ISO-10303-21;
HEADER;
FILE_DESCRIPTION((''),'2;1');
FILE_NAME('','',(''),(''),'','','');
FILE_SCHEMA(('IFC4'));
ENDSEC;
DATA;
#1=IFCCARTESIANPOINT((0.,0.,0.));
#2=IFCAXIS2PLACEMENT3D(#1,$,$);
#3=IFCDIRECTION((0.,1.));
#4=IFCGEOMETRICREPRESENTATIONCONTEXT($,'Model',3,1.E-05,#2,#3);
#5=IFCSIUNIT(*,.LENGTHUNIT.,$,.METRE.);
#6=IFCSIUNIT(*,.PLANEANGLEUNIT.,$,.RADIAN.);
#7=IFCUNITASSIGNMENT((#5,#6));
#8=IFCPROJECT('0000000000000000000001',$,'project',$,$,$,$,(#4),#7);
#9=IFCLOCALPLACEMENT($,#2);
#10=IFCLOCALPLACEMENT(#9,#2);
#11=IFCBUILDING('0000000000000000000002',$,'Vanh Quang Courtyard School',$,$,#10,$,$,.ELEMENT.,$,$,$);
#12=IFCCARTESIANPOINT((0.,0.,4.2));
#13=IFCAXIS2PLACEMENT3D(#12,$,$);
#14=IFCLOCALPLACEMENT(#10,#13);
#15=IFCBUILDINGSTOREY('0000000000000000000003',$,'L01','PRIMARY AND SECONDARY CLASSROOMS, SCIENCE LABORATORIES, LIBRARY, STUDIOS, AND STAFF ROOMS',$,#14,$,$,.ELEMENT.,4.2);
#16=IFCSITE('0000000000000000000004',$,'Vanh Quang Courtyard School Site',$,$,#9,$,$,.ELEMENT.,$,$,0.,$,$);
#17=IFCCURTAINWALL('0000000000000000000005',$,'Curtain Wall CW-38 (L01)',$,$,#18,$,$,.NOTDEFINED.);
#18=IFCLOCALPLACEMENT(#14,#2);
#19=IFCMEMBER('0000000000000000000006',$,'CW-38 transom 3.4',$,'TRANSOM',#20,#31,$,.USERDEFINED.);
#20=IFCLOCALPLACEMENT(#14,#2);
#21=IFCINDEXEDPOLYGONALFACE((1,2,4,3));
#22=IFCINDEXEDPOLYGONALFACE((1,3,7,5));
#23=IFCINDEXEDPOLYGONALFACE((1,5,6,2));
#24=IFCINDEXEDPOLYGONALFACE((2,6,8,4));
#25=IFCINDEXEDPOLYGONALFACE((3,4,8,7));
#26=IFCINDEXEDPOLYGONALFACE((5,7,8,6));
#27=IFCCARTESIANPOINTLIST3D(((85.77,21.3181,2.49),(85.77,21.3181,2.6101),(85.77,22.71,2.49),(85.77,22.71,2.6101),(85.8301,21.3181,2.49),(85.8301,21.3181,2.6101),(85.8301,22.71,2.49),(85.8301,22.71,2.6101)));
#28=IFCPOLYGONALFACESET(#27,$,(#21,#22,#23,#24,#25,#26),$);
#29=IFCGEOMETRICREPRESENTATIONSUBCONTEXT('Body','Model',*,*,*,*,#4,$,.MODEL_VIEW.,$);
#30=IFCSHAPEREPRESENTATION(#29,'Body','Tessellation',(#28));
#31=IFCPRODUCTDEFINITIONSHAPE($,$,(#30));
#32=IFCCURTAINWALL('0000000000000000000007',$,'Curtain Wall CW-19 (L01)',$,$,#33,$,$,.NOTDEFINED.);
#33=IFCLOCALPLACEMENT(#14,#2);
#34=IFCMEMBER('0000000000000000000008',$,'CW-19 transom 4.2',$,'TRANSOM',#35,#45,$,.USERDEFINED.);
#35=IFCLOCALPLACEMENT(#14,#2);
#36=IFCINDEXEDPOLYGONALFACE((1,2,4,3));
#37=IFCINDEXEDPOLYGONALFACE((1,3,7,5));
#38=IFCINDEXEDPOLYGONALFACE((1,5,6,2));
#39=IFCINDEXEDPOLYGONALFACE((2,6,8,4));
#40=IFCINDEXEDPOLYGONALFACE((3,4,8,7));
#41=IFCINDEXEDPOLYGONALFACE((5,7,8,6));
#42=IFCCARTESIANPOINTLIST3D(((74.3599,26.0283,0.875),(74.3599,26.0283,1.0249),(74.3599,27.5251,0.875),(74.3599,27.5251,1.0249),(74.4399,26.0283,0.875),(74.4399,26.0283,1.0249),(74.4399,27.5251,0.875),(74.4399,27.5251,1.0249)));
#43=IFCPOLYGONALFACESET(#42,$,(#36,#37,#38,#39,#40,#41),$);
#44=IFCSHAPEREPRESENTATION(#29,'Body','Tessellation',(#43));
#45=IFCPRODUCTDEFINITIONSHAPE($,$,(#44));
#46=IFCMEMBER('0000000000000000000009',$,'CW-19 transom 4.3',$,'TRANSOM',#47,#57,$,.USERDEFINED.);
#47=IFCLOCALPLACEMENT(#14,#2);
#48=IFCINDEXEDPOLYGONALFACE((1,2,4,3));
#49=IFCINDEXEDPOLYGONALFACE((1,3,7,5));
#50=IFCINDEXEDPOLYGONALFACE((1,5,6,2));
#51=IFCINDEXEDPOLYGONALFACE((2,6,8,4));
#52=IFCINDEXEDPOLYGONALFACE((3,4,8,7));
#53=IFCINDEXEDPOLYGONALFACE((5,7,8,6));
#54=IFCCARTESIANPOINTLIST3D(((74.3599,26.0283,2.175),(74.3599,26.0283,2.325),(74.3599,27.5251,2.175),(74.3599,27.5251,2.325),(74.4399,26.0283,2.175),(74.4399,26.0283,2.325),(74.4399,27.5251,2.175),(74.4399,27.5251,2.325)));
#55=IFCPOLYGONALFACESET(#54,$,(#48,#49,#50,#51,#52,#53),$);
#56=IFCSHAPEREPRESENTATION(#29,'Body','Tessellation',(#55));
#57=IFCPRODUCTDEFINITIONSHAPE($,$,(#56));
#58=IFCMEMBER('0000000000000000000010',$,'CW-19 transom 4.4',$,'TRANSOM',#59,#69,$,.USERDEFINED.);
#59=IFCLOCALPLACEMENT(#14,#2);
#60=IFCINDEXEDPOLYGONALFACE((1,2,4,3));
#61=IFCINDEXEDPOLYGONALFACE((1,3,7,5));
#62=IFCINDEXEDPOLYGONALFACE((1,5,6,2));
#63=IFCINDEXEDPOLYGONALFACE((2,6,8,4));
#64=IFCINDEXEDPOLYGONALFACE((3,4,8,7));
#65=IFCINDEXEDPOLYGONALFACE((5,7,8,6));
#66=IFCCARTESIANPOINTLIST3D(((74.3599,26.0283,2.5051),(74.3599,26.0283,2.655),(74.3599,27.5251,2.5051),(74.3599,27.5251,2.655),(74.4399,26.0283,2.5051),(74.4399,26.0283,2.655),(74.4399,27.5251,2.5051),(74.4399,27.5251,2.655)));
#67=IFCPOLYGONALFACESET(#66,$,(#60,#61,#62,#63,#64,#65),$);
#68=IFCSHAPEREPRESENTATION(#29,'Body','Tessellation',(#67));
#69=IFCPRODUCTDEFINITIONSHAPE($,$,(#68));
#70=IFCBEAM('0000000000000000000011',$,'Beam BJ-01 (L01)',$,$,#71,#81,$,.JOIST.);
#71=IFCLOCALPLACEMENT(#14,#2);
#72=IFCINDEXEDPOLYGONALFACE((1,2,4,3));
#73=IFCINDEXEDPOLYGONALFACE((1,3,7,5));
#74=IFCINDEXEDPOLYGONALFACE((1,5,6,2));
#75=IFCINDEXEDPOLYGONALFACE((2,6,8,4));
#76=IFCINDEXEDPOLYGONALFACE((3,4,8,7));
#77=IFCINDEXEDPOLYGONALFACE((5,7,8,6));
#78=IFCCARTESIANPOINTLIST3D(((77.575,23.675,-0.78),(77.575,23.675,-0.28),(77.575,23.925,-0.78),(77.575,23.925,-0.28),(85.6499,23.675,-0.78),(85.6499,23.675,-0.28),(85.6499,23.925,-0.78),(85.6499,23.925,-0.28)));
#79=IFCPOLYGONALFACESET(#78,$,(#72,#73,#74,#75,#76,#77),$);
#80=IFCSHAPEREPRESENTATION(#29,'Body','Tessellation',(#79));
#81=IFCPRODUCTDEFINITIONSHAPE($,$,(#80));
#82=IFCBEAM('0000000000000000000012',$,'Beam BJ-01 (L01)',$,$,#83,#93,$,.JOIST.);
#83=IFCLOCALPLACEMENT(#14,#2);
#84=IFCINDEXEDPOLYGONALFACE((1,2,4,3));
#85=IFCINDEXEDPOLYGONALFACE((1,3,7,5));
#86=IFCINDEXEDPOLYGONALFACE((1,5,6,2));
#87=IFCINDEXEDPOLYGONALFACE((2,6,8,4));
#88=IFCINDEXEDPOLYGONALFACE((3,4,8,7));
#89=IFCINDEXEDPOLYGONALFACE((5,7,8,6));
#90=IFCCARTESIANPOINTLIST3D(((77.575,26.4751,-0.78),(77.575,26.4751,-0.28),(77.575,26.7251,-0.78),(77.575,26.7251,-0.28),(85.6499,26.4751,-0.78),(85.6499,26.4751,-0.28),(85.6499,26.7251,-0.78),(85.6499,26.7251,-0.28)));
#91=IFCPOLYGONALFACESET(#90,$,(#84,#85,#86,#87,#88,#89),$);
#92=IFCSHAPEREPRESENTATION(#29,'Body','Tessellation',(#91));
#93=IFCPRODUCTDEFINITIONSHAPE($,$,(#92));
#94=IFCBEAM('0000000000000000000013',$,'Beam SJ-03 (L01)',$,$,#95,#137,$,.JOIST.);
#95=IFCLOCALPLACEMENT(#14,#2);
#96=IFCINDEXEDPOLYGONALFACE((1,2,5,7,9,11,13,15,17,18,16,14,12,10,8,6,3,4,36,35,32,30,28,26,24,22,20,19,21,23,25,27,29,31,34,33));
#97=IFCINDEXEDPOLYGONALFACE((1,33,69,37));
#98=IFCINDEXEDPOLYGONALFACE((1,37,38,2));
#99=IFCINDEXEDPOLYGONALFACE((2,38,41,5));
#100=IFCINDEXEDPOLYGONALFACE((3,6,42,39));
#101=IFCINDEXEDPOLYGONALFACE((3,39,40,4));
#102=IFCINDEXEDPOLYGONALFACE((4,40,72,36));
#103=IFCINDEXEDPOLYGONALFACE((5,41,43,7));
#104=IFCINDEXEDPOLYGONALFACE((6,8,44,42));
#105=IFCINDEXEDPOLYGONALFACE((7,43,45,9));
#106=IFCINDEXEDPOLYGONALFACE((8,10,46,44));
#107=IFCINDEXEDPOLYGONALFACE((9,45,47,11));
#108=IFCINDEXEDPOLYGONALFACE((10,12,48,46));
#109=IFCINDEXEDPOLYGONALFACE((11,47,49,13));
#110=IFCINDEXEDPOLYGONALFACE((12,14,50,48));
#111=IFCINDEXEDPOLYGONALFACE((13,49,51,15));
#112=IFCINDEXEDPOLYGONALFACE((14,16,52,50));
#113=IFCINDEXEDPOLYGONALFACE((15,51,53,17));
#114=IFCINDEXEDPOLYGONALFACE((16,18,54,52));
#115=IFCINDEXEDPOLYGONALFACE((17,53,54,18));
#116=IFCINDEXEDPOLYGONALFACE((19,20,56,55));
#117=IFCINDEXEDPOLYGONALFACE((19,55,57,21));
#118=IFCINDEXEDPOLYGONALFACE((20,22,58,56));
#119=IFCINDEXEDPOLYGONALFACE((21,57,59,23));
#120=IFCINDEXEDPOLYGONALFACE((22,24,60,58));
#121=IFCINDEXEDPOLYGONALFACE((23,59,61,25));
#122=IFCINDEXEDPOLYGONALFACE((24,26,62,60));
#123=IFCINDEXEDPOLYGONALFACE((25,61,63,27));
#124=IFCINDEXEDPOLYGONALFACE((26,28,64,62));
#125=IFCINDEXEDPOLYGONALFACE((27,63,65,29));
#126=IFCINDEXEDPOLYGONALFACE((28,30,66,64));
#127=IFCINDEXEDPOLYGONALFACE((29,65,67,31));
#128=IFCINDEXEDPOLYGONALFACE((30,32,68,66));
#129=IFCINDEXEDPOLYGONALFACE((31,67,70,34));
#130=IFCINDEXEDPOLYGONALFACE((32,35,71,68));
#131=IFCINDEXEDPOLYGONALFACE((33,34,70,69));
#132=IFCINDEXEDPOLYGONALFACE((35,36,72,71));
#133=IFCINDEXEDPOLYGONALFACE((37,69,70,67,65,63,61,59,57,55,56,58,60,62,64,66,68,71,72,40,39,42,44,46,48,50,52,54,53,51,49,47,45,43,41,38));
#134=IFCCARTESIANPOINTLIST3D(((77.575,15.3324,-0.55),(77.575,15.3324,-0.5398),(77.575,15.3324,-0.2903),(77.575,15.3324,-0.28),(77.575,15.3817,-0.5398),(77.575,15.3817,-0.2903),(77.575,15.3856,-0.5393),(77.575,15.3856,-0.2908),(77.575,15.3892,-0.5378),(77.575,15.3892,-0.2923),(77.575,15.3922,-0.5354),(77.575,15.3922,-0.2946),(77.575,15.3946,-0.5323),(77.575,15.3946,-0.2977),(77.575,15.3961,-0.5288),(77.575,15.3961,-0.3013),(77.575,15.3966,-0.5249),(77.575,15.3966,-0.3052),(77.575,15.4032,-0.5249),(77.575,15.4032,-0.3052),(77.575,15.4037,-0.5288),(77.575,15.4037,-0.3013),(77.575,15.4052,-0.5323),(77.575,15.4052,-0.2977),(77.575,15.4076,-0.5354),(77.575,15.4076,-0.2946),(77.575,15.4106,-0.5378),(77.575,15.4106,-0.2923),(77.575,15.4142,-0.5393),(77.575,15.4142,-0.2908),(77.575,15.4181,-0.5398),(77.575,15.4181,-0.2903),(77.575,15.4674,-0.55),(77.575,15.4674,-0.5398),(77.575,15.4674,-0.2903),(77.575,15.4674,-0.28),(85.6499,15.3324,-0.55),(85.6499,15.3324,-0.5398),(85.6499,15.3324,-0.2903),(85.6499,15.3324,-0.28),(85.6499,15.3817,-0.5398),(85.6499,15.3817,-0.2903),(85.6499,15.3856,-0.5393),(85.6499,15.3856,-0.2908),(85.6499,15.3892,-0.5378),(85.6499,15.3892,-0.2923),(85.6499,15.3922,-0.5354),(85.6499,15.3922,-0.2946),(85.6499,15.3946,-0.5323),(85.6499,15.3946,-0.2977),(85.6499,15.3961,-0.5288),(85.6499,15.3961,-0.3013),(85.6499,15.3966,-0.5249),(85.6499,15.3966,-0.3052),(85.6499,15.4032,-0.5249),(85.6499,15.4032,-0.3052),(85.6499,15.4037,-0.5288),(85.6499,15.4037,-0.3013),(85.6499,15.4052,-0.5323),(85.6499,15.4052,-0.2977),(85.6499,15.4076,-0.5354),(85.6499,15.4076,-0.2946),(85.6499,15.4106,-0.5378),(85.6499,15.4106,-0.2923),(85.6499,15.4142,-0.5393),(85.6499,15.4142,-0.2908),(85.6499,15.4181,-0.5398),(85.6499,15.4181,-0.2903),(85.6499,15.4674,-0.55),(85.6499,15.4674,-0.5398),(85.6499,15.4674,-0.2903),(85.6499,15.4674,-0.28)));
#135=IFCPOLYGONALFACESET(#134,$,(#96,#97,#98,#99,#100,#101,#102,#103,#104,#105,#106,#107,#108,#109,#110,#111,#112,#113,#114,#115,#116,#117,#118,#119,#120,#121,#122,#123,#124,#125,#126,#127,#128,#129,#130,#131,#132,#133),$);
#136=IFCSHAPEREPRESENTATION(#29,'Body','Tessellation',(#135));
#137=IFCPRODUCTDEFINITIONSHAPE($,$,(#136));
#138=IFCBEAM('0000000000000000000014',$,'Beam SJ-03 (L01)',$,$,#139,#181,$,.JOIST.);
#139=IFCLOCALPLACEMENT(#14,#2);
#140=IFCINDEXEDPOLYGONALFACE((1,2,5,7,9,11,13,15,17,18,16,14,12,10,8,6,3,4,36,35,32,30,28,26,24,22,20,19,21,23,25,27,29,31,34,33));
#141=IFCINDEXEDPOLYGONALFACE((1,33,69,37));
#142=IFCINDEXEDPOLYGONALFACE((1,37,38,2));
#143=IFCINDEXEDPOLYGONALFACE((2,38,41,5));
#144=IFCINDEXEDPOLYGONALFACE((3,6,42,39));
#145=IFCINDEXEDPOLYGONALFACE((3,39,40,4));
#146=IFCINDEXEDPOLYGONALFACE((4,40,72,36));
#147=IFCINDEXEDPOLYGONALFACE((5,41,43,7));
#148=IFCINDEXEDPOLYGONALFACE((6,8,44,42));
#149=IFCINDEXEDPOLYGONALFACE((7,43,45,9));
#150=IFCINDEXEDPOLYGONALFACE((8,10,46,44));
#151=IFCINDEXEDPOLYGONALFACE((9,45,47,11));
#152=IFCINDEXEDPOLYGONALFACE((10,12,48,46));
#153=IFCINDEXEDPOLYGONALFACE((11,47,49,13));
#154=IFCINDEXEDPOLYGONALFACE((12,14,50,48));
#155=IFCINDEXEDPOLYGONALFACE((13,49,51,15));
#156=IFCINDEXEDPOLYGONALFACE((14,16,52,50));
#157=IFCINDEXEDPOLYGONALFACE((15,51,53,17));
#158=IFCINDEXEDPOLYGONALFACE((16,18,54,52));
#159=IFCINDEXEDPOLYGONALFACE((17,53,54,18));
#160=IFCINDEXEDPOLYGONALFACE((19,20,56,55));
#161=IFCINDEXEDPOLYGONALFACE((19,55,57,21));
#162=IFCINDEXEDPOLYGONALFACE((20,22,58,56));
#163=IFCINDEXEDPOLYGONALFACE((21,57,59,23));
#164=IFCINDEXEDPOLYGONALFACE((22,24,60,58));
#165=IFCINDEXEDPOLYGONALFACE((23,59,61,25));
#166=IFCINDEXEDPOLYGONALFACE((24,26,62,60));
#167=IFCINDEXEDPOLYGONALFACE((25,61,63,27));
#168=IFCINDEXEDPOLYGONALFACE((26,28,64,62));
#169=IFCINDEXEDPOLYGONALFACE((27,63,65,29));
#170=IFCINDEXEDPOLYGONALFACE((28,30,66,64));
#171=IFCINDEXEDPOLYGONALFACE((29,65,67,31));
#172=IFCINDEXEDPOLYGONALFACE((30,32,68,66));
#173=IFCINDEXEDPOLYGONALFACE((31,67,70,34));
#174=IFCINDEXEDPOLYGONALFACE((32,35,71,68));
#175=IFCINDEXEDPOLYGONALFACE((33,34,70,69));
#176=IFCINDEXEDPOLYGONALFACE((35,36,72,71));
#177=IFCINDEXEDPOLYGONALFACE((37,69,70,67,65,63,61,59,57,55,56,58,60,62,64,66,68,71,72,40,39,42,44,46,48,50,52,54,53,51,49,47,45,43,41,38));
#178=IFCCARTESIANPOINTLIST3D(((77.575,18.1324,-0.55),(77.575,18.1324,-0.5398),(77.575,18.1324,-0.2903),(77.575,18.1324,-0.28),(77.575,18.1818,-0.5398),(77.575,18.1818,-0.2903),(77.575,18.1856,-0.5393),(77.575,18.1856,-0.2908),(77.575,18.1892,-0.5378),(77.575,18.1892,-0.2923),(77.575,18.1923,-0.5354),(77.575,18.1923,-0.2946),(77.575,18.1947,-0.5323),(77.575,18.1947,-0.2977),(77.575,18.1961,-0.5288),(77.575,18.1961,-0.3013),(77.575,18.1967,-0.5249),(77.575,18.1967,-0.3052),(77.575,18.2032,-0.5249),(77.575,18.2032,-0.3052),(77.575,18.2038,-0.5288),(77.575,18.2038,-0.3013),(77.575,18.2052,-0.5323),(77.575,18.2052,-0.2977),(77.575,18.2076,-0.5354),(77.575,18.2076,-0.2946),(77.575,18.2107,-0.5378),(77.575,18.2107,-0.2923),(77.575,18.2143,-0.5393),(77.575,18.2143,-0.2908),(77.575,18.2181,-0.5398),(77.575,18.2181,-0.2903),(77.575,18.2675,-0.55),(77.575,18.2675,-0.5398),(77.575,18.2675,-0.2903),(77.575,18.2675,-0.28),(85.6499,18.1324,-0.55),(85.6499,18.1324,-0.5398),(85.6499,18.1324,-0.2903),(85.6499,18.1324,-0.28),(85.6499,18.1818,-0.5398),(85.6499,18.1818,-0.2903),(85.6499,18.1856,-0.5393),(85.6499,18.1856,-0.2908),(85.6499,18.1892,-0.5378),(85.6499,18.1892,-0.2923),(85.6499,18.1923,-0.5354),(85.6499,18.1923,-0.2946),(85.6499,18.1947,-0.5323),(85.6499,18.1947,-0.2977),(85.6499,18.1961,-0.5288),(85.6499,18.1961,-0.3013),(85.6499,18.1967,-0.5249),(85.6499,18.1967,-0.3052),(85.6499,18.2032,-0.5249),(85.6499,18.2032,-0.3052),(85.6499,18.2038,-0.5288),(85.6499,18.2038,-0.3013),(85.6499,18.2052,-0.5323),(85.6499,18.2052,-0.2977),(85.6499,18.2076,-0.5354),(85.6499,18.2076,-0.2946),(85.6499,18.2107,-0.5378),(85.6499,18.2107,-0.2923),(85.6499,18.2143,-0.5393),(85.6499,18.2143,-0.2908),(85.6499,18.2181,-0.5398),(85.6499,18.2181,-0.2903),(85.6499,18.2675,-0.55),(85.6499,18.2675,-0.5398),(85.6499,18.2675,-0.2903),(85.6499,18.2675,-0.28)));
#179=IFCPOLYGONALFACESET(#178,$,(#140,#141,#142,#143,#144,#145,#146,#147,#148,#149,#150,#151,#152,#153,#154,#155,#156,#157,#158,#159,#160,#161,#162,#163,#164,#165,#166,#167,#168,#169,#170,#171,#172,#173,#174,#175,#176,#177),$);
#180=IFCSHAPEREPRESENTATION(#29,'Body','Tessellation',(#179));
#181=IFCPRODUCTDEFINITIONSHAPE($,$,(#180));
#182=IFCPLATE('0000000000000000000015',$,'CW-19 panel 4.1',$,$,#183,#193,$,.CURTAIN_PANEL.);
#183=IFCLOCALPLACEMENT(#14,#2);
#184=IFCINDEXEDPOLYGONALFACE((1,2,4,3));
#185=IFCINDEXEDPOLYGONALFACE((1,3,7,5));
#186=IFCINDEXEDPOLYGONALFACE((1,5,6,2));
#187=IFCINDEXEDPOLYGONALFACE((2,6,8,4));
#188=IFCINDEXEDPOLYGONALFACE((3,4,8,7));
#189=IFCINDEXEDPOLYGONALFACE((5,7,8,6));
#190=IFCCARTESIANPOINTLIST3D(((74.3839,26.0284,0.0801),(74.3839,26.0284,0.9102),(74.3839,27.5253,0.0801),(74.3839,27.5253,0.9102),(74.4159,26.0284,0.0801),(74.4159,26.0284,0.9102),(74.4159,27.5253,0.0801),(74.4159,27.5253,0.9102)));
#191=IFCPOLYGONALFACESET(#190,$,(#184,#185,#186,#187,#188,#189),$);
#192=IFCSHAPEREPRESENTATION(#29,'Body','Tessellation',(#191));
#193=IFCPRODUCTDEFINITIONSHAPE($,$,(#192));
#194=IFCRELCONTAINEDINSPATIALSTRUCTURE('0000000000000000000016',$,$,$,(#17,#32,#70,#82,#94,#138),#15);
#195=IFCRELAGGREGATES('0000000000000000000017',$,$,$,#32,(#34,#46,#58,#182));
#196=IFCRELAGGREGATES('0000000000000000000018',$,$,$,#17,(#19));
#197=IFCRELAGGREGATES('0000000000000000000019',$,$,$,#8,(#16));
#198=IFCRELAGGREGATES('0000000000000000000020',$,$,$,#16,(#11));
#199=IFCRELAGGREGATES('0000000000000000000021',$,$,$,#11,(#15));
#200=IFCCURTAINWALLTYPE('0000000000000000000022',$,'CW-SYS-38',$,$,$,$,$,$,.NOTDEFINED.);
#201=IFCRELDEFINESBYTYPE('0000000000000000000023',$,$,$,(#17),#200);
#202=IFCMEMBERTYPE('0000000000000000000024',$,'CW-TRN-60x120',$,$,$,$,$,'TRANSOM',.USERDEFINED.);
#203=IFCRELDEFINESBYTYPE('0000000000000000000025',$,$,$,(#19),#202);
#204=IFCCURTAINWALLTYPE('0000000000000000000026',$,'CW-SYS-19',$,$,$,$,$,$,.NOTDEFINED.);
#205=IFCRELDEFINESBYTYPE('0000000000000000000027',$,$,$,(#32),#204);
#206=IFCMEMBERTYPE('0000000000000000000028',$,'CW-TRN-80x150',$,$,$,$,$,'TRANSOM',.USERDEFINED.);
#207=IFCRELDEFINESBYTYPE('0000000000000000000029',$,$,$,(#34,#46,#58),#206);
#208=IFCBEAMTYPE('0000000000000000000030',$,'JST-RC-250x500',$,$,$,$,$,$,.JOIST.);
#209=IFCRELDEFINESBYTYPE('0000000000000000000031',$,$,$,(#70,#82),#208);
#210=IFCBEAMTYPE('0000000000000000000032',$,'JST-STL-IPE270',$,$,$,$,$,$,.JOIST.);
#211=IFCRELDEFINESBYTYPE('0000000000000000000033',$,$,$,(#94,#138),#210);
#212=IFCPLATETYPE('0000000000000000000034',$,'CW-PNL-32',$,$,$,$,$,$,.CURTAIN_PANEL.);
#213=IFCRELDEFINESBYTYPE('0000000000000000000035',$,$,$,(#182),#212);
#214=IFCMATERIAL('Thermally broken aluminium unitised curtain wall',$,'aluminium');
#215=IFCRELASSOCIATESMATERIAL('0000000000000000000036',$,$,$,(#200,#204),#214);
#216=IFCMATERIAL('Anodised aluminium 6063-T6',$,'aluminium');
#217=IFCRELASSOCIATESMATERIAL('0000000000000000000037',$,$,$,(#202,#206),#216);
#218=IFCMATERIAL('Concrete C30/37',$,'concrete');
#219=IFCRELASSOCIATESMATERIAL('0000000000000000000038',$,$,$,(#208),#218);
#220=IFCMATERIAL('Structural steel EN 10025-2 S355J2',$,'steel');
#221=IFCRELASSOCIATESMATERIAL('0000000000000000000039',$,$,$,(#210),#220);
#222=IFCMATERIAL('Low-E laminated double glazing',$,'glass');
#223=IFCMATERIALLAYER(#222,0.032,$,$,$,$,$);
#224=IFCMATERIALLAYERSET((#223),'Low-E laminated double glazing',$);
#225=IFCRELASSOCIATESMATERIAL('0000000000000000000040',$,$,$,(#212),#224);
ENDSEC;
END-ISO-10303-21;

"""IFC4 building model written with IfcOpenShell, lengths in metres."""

from ifc_helpers import new_model, si_unit, direction, frame, origin, origin_2d, place, context, subcontext, project, spatial, rectangle, i_section, extrude, material, layer, layer_set, material_profile, profile_set, type_object, element, aggregate, save


model = new_model("IFC4")

# Units and contexts
model_context = context("Model", 3, precision=1e-05, world=origin(), true_north=direction((0.0, 1.0)))
body_context = subcontext(model_context, "Body", "Model", "MODEL_VIEW")
ifc_project = project(units=[si_unit("LENGTHUNIT", "METRE"), si_unit("PLANEANGLEUNIT", "RADIAN")], contexts=[model_context])

# Site, building, storey
site_placement = place(None, origin())
site = spatial("IfcSite", under=ifc_project, at=site_placement, Name="Vanh Quang Courtyard School Site", CompositionType="ELEMENT", RefElevation=0.0)
building_placement = place(site_placement, origin())
building = spatial("IfcBuilding", under=site, at=building_placement, Name="Vanh Quang Courtyard School", CompositionType="ELEMENT")
storey_placement = place(building_placement, frame((0.0, 0.0, 4.2)))
storey = spatial("IfcBuildingStorey", under=building, at=storey_placement, Name="L01", Description="PRIMARY AND SECONDARY CLASSROOMS, SCIENCE LABORATORIES, LIBRARY, STUDIOS, AND STAFF ROOMS", CompositionType="ELEMENT", Elevation=4.2)

# Shared definitions
ifc_material_1 = material(Name="Structural steel EN 10025-2 S355J2", Category="steel")

# Curtain walls, members
ifc_material_2 = material(Name="Thermally broken aluminium unitised curtain wall", Category="aluminium")
curtain_wall_type_1 = type_object("IfcCurtainWallType", Name="CW-SYS-38", PredefinedType="NOTDEFINED", material=ifc_material_2)
curtain_wall_1_placement = place(storey_placement, origin())
curtain_wall_1 = element("IfcCurtainWall", 1, at=curtain_wall_1_placement, inside=storey, type_object=curtain_wall_type_1, Name="Curtain Wall CW-38 (L01)", PredefinedType="NOTDEFINED")
ifc_material_3 = material(Name="Anodised aluminium 6063-T6", Category="aluminium")
ifc_material_profile_1 = material_profile(ifc_material_3, rectangle(XDim=0.0601, YDim=0.1201, at=origin_2d()), Name="ALU-TRN 60x120")
ifc_profile_set_1 = profile_set([ifc_material_profile_1], Name="Anodised aluminium 6063-T6")
member_type_1 = type_object("IfcMemberType", Name="CW-TRN-60x120", ElementType="TRANSOM", PredefinedType="USERDEFINED", material=ifc_profile_set_1)
member_1_placement = place(storey_placement, frame((85.8, 22.71, 2.55), z_axis=(0.0, -1.0, 0.0), x_axis=(1.0, 0.0, 0.0)))
member_1 = element("IfcMember", 2, at=member_1_placement, type_object=member_type_1, Name="CW-38 transom 3.4", ObjectType="TRANSOM", PredefinedType="USERDEFINED", context=body_context, shape_type="SweptSolid", body=[
    extrude(rectangle(XDim=0.0601, YDim=0.1201, at=origin_2d()), origin(), (0.0, 0.0, 1.0), 1.3918),
])
curtain_wall_type_2 = type_object("IfcCurtainWallType", Name="CW-SYS-19", PredefinedType="NOTDEFINED", material=ifc_material_2)
curtain_wall_2_placement = place(storey_placement, origin())
curtain_wall_2 = element("IfcCurtainWall", 3, at=curtain_wall_2_placement, inside=storey, type_object=curtain_wall_type_2, Name="Curtain Wall CW-19 (L01)", PredefinedType="NOTDEFINED")
ifc_material_profile_2 = material_profile(ifc_material_3, rectangle(XDim=0.0801, YDim=0.1499, at=origin_2d()), Name="ALU-TRN 80x150")
ifc_profile_set_2 = profile_set([ifc_material_profile_2], Name="Anodised aluminium 6063-T6")
member_type_2 = type_object("IfcMemberType", Name="CW-TRN-80x150", ElementType="TRANSOM", PredefinedType="USERDEFINED", material=ifc_profile_set_2)
member_2_placement = place(storey_placement, frame((74.3999, 26.0283, 0.95), z_axis=(0.0, 1.0, 0.0), x_axis=(-1.0, 0.0, 0.0)))
member_2 = element("IfcMember", 4, at=member_2_placement, type_object=member_type_2, Name="CW-19 transom 4.2", ObjectType="TRANSOM", PredefinedType="USERDEFINED", context=body_context, shape_type="SweptSolid", body=[
    extrude(rectangle(XDim=0.0801, YDim=0.1499, at=origin_2d()), origin(), (0.0, 0.0, 1.0), 1.4968),
])
member_3_placement = place(storey_placement, frame((74.3999, 26.0283, 2.25), z_axis=(0.0, 1.0, 0.0), x_axis=(-1.0, 0.0, 0.0)))
member_3 = element("IfcMember", 5, at=member_3_placement, type_object=member_type_2, Name="CW-19 transom 4.3", ObjectType="TRANSOM", PredefinedType="USERDEFINED", context=body_context, shape_type="SweptSolid", body=[
    extrude(rectangle(XDim=0.0801, YDim=0.1499, at=origin_2d()), origin(), (0.0, 0.0, 1.0), 1.4968),
])
member_4_placement = place(storey_placement, frame((74.3999, 26.0283, 2.5801), z_axis=(0.0, 1.0, 0.0), x_axis=(-1.0, 0.0, 0.0)))
member_4 = element("IfcMember", 6, at=member_4_placement, type_object=member_type_2, Name="CW-19 transom 4.4", ObjectType="TRANSOM", PredefinedType="USERDEFINED", context=body_context, shape_type="SweptSolid", body=[
    extrude(rectangle(XDim=0.0801, YDim=0.1499, at=origin_2d()), origin(), (0.0, 0.0, 1.0), 1.4968),
])

# Beams
ifc_material_4 = material(Name="Concrete C30/37", Category="concrete")
ifc_material_profile_3 = material_profile(ifc_material_4, rectangle(XDim=0.25, YDim=0.5, at=origin_2d()), Name="RC-JST 250x500")
ifc_profile_set_3 = profile_set([ifc_material_profile_3], Name="Concrete C30/37")
beam_type_1 = type_object("IfcBeamType", Name="JST-RC-250x500", PredefinedType="JOIST", material=ifc_profile_set_3)
for number, where, z_axis, x_axis, name in (
    (7, (77.575, 23.8, -0.53), (1.0, 0.0, 0.0), (0.0, 1.0, 0.0), "Beam BJ-01 (L01)"),
    (8, (77.575, 26.6001, -0.53), (1.0, 0.0, 0.0), (0.0, 1.0, 0.0), "Beam BJ-01 (L01)"),
):
    element("IfcBeam", number, at=place(storey_placement, frame(where, z_axis=z_axis, x_axis=x_axis)), inside=storey, type_object=beam_type_1, Name=name, PredefinedType="JOIST", context=body_context, shape_type="SweptSolid", body=[
        extrude(rectangle(XDim=0.25, YDim=0.5, at=origin_2d()), origin(), (0.0, 0.0, 1.0), 8.075),
    ])
ifc_material_profile_4 = material_profile(ifc_material_1, i_section(OverallWidth=0.135, OverallDepth=0.27, WebThickness=0.0066, FlangeThickness=0.0103, FilletRadius=0.0149, at=origin_2d()), Name="IPE 270")
ifc_profile_set_4 = profile_set([ifc_material_profile_4], Name="Structural steel EN 10025-2 S355J2")
beam_type_2 = type_object("IfcBeamType", Name="JST-STL-IPE270", PredefinedType="JOIST", material=ifc_profile_set_4)
for number, where, z_axis, x_axis, name in (
    (9, (77.575, 15.3999, -0.415), (1.0, 0.0, 0.0), (0.0, 1.0, 0.0), "Beam SJ-03 (L01)"),
    (10, (77.575, 18.2, -0.415), (1.0, 0.0, 0.0), (0.0, 1.0, 0.0), "Beam SJ-03 (L01)"),
):
    element("IfcBeam", number, at=place(storey_placement, frame(where, z_axis=z_axis, x_axis=x_axis)), inside=storey, type_object=beam_type_2, Name=name, PredefinedType="JOIST", context=body_context, shape_type="SweptSolid", body=[
        extrude(i_section(OverallWidth=0.135, OverallDepth=0.27, WebThickness=0.0066, FlangeThickness=0.0103, FilletRadius=0.0149, at=origin_2d()), origin(), (0.0, 0.0, 1.0), 8.075),
    ])

# Plate
ifc_material_5 = material(Name="Low-E laminated double glazing", Category="glass")
ifc_layer_1 = layer(ifc_material_5, 0.032)
ifc_layer_set_1 = layer_set([ifc_layer_1], Name="Low-E laminated double glazing")
plate_type = type_object("IfcPlateType", Name="CW-PNL-32", PredefinedType="CURTAIN_PANEL", material=ifc_layer_set_1)
plate_1_placement = place(storey_placement, frame((74.3999, 26.7769, 0.0801), z_axis=(0.0, 0.0, 1.0), x_axis=(0.0, 1.0, 0.0)))
plate_1 = element("IfcPlate", 11, at=plate_1_placement, type_object=plate_type, Name="CW-19 panel 4.1", PredefinedType="CURTAIN_PANEL", context=body_context, shape_type="SweptSolid", body=[
    extrude(rectangle(XDim=1.4968, YDim=0.032, at=origin_2d()), origin(), (0.0, 0.0, 1.0), 0.8301),
])
aggregate(curtain_wall_2, [member_2, member_3, member_4, plate_1])
aggregate(curtain_wall_1, [member_1])

save(model, "model.ifc")
